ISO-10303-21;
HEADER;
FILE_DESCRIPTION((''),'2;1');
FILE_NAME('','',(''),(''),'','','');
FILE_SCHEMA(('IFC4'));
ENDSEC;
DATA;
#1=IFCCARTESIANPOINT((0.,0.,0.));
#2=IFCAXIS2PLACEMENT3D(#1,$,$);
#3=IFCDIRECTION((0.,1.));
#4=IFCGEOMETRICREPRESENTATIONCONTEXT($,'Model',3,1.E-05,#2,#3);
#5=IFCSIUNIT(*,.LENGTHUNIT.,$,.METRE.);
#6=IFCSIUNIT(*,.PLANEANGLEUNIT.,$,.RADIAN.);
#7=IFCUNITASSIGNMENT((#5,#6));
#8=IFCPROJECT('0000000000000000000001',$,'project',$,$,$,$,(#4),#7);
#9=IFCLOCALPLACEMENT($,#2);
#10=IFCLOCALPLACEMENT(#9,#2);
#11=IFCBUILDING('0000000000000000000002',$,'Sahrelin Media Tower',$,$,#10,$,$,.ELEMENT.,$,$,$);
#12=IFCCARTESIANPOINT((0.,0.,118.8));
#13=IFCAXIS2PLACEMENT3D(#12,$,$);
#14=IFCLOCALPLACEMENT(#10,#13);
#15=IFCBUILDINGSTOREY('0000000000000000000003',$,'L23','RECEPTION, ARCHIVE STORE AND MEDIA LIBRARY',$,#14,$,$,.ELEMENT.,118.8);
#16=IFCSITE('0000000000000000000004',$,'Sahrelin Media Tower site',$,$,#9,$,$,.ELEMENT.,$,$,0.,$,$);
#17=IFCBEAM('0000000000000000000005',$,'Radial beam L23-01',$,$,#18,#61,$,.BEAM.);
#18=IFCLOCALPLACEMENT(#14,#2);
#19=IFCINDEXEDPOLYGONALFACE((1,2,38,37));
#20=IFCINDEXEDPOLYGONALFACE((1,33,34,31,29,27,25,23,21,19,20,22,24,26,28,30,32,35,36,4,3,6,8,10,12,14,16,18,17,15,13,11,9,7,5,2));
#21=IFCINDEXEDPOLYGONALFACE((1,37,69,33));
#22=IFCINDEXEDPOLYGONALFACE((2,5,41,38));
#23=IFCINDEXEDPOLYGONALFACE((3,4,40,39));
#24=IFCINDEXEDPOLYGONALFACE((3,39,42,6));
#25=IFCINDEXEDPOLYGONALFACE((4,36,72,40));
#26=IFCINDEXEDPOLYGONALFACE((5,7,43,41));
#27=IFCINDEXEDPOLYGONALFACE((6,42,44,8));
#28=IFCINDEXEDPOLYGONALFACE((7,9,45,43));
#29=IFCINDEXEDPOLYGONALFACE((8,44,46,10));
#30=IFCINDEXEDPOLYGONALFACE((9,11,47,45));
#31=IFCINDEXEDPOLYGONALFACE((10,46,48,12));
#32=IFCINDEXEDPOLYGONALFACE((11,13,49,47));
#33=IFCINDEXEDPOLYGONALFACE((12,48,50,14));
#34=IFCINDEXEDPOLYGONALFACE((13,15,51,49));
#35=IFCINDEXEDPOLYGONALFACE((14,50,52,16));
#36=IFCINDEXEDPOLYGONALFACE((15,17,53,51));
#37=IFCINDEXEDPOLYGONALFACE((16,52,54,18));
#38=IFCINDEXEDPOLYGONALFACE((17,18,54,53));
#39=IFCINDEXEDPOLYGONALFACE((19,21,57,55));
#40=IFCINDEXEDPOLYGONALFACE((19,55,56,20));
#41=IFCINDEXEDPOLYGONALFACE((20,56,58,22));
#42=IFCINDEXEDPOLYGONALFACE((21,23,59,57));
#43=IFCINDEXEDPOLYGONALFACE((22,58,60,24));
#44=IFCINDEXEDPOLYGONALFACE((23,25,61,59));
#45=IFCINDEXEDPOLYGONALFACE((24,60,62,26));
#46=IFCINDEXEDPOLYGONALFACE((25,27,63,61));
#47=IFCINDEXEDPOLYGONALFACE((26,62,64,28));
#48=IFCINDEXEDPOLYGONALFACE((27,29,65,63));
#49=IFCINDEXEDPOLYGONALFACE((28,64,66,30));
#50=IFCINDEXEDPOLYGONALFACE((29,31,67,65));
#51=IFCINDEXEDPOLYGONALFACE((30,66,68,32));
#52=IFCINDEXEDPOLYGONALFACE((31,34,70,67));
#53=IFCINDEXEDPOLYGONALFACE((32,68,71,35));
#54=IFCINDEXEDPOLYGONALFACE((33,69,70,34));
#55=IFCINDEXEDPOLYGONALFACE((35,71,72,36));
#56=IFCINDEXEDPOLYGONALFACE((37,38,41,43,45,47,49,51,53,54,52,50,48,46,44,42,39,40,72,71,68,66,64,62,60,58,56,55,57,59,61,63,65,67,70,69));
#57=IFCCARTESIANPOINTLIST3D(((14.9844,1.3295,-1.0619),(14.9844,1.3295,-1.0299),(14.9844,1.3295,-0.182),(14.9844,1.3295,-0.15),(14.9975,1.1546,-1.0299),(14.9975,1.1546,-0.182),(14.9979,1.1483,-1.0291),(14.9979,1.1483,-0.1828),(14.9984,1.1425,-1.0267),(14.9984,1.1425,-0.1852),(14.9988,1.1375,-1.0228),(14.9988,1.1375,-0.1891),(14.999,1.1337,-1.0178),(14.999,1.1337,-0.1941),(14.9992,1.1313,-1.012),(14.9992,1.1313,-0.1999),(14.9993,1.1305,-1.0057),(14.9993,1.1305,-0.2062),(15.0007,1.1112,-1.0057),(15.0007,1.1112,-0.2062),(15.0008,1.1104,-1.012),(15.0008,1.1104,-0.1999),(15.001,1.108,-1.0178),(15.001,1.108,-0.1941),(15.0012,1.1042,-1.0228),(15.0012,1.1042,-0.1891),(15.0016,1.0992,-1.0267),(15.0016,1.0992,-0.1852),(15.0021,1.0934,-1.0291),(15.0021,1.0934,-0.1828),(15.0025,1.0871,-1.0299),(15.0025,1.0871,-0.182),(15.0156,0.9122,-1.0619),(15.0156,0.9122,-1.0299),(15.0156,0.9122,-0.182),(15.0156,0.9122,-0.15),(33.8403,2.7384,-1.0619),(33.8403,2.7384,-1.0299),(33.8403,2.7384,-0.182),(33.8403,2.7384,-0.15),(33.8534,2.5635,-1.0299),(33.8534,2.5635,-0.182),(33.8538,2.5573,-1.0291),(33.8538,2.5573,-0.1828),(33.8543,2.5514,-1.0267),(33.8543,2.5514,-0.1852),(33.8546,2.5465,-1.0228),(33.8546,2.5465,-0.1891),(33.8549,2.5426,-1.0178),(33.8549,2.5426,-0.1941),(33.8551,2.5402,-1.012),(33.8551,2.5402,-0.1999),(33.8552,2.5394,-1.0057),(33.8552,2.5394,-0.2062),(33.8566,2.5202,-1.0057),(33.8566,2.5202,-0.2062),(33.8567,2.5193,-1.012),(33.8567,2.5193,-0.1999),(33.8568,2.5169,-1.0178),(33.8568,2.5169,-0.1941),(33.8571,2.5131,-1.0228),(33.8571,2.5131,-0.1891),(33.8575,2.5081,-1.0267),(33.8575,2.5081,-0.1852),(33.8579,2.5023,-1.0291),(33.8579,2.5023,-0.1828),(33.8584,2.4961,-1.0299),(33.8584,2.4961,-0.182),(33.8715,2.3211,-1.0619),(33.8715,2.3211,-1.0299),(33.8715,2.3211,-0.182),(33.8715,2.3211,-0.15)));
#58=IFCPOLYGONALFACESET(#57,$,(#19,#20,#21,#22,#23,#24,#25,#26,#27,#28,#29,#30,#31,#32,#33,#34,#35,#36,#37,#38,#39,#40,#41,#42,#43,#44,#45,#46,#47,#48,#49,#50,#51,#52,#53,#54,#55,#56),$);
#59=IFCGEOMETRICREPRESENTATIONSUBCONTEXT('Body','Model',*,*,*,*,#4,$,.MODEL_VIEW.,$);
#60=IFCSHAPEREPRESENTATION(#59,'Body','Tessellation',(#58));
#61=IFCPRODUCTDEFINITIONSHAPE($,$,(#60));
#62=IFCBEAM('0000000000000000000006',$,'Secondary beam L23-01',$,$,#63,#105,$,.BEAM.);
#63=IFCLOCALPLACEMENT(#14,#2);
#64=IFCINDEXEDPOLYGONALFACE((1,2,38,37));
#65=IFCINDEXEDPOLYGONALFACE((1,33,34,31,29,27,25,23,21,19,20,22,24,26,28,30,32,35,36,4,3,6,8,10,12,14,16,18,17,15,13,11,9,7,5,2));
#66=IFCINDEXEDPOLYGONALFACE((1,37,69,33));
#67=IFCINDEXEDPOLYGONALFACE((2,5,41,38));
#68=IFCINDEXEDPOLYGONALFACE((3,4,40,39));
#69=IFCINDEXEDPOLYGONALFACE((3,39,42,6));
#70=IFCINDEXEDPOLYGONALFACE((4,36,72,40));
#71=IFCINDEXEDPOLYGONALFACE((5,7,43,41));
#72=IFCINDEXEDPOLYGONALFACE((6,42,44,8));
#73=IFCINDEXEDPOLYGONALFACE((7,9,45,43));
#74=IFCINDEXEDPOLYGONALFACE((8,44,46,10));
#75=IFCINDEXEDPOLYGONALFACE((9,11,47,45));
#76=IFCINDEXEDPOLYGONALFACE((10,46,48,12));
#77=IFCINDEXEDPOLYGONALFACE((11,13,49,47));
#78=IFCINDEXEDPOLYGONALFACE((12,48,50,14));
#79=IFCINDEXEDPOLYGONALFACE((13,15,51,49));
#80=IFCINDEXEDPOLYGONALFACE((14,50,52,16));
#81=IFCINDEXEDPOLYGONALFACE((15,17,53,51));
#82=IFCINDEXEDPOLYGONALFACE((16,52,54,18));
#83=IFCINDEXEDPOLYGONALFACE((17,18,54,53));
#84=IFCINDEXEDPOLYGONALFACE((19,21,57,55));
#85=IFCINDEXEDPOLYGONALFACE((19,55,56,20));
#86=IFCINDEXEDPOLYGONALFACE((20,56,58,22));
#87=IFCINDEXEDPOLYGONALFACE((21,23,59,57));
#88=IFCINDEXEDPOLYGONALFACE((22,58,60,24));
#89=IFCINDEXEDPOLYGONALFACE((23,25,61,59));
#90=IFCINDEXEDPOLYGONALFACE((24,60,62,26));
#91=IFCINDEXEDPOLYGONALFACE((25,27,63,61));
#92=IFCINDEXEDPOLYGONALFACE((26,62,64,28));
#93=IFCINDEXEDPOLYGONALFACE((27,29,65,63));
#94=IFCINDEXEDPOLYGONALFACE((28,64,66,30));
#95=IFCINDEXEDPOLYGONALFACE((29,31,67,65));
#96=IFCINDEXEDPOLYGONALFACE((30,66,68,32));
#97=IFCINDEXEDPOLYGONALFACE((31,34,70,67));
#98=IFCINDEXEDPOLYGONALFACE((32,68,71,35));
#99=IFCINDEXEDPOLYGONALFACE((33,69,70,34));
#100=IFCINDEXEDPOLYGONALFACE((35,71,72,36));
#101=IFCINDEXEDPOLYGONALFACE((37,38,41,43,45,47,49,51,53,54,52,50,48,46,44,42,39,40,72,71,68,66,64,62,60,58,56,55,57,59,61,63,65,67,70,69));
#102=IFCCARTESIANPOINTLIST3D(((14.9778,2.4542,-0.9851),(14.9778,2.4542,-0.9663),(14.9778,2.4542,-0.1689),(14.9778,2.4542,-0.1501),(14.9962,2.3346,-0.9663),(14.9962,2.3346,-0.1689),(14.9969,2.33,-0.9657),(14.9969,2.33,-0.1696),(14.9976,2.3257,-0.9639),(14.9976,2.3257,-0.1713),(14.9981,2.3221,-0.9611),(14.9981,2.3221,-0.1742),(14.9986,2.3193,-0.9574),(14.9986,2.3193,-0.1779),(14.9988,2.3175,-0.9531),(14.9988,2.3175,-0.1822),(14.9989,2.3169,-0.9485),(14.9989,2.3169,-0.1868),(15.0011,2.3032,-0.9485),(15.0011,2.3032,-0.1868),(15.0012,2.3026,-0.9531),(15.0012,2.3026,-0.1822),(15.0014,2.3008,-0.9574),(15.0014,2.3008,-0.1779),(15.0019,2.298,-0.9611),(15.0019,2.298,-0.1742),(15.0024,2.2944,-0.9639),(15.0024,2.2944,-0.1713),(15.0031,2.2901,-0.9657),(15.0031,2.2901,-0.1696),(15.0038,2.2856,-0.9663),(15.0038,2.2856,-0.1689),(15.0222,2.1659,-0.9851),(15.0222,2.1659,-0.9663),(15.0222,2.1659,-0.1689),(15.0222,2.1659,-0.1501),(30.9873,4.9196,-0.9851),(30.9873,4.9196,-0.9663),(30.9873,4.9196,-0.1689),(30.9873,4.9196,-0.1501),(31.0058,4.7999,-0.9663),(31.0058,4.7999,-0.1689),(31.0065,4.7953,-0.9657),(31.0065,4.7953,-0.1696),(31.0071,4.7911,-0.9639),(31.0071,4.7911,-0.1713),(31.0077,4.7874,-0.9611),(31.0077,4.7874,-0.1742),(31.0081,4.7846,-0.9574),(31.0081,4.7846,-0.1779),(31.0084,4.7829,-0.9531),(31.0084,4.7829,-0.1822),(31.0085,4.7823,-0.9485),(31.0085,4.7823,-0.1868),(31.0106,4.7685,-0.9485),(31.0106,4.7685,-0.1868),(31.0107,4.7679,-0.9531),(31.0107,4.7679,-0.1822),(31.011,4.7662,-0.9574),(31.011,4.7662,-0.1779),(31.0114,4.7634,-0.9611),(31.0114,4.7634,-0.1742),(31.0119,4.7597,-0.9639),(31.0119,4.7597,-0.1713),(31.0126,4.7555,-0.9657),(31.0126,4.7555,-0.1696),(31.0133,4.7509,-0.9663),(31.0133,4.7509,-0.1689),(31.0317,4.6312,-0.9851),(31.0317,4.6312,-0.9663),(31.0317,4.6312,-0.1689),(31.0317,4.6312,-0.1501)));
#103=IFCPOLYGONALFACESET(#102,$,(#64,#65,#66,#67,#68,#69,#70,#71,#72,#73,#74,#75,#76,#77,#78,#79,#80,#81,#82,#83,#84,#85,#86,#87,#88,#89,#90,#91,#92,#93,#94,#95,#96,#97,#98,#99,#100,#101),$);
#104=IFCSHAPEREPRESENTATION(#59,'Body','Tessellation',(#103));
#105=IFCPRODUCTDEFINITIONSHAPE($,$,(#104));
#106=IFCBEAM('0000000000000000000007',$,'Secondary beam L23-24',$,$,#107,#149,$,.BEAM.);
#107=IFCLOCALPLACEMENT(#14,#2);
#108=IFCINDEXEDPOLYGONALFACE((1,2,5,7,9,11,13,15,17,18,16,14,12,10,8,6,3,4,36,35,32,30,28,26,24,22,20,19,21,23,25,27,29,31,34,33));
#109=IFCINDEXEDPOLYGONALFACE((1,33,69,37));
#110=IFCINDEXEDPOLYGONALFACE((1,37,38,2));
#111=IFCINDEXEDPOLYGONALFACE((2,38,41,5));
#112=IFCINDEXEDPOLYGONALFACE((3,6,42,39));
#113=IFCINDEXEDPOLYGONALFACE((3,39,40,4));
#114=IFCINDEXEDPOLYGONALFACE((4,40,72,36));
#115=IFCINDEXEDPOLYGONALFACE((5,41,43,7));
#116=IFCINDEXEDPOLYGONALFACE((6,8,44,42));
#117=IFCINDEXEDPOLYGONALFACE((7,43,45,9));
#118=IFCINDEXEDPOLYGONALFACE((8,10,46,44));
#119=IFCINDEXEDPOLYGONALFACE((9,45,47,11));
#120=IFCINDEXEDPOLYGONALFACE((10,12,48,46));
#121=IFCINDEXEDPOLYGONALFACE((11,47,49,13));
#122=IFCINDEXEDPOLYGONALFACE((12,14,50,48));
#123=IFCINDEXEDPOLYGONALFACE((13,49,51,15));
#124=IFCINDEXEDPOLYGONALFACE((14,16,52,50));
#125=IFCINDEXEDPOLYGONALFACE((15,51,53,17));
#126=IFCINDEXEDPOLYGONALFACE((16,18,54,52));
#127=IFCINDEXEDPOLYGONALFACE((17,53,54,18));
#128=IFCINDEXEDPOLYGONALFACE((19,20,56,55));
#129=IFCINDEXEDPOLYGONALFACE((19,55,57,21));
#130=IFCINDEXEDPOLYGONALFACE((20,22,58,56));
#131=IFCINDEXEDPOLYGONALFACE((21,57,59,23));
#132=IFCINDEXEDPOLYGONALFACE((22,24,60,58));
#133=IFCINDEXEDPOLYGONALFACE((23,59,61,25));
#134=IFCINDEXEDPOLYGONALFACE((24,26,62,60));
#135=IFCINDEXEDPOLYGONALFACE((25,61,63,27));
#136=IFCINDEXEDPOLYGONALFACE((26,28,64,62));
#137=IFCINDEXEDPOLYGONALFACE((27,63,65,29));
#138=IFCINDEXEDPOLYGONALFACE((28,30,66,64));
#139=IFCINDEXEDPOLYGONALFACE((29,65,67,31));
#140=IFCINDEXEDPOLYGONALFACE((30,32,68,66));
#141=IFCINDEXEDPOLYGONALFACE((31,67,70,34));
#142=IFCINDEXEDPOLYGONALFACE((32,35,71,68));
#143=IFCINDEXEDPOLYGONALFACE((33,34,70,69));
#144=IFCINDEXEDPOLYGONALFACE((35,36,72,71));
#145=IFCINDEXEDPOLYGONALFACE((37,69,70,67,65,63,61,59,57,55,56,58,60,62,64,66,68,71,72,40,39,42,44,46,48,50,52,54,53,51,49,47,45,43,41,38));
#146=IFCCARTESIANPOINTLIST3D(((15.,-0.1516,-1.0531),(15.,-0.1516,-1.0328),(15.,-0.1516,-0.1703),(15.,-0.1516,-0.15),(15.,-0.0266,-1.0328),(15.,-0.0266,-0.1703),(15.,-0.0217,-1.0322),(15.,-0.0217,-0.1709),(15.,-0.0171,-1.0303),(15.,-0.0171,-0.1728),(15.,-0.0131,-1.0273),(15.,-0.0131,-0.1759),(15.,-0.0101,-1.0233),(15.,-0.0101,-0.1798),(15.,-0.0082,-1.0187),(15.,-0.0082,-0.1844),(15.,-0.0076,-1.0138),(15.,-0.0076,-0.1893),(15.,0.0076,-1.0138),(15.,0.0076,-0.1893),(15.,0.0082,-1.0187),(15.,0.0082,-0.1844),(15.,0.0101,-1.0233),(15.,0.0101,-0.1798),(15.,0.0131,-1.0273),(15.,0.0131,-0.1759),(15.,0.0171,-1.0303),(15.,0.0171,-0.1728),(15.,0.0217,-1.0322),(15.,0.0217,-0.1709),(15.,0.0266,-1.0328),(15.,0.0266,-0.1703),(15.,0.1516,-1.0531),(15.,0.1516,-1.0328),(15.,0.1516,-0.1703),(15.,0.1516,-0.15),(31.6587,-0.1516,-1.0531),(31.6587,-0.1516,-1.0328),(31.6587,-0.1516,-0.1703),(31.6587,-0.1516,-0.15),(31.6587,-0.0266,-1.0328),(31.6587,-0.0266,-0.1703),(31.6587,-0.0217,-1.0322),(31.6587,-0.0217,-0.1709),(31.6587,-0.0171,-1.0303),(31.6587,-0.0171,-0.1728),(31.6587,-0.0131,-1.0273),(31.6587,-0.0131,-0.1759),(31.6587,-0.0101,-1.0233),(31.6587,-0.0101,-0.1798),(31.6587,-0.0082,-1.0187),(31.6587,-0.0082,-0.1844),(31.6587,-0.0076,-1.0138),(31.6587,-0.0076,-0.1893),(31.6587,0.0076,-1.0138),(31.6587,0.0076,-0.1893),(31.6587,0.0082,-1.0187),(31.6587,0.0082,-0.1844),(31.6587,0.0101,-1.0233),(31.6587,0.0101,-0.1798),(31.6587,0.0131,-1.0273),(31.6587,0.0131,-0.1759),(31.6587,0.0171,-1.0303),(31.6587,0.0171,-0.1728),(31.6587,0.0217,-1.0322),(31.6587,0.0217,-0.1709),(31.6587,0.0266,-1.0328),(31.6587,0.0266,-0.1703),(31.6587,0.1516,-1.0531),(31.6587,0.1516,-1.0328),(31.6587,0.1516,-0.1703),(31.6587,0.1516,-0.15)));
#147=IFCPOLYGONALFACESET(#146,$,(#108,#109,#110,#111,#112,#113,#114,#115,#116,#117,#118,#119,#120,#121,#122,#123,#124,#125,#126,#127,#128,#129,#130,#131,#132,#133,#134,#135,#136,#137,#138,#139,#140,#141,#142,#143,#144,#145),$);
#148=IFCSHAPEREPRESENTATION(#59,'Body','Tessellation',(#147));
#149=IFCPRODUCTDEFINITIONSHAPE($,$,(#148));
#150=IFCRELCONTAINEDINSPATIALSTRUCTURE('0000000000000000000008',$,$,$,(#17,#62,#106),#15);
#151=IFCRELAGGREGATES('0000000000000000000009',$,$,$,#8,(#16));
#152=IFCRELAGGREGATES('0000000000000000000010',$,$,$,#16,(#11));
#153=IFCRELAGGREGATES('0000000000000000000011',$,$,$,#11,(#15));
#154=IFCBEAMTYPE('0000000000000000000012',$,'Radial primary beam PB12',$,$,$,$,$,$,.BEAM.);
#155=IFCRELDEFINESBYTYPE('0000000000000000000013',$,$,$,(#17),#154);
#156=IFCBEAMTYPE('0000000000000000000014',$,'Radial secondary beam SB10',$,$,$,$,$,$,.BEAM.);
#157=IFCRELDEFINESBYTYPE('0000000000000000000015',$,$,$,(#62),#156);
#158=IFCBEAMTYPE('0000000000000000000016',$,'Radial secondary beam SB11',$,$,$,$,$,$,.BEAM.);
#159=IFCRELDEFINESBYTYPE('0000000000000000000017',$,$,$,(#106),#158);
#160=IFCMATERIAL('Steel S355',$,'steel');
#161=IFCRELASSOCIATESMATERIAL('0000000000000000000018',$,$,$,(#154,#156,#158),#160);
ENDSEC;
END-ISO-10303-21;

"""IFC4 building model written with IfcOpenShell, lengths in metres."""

from ifc_helpers import new_model, si_unit, direction, frame, origin, origin_2d, place, context, subcontext, project, spatial, i_section, extrude, material, material_profile, profile_set, type_object, element, save


model = new_model("IFC4")

# Units and contexts
model_context = context("Model", 3, precision=1e-05, world=origin(), true_north=direction((0.0, 1.0)))
body_context = subcontext(model_context, "Body", "Model", "MODEL_VIEW")
ifc_project = project(units=[si_unit("LENGTHUNIT", "METRE"), si_unit("PLANEANGLEUNIT", "RADIAN")], contexts=[model_context])

# Site, building, storey
site_placement = place(None, origin())
site = spatial("IfcSite", under=ifc_project, at=site_placement, Name="Sahrelin Media Tower site", CompositionType="ELEMENT", RefElevation=0.0)
building_placement = place(site_placement, origin())
building = spatial("IfcBuilding", under=site, at=building_placement, Name="Sahrelin Media Tower", CompositionType="ELEMENT")
storey_placement = place(building_placement, frame((0.0, 0.0, 118.8)))
storey = spatial("IfcBuildingStorey", under=building, at=storey_placement, Name="L23", Description="RECEPTION, ARCHIVE STORE AND MEDIA LIBRARY", CompositionType="ELEMENT", Elevation=118.8)

# Shared definitions
ifc_material_1 = material(Name="Steel S355", Category="steel")

# Beams
ifc_material_profile_1 = material_profile(ifc_material_1, i_section(OverallWidth=0.4185, OverallDepth=0.9119, WebThickness=0.0193, FlangeThickness=0.032, FilletRadius=0.0242, at=origin_2d()), Name="UB 914x419x343")
ifc_profile_set_1 = profile_set([ifc_material_profile_1], Name="Steel S355")
beam_type_1 = type_object("IfcBeamType", Name="Radial primary beam PB12", PredefinedType="BEAM", material=ifc_profile_set_1)
beam_1_placement = place(storey_placement, frame((15.0, 1.1208, -0.606), z_axis=(0.99722, 0.074513, 0.0), x_axis=(-0.074513, 0.99722, 0.0)))
element("IfcBeam", 1, at=beam_1_placement, inside=storey, type_object=beam_type_1, Name="Radial beam L23-01", PredefinedType="BEAM", context=body_context, shape_type="SweptSolid", body=[
    extrude(i_section(OverallWidth=0.4185, OverallDepth=0.9119, WebThickness=0.0193, FlangeThickness=0.032, FilletRadius=0.0242, at=origin_2d()), origin(), (0.0, 0.0, 1.0), 18.9084),
])
ifc_material_profile_2 = material_profile(ifc_material_1, i_section(OverallWidth=0.2917, OverallDepth=0.835, WebThickness=0.0139, FlangeThickness=0.0188, FilletRadius=0.0178, at=origin_2d()), Name="UB 838x292x176")
ifc_profile_set_2 = profile_set([ifc_material_profile_2], Name="Steel S355")
beam_type_2 = type_object("IfcBeamType", Name="Radial secondary beam SB10", PredefinedType="BEAM", material=ifc_profile_set_2)
beam_2_placement = place(storey_placement, frame((15.0, 2.3101, -0.5676), z_axis=(0.98835, 0.152198, 0.0), x_axis=(-0.152198, 0.98835, 0.0)))
element("IfcBeam", 2, at=beam_2_placement, inside=storey, type_object=beam_type_2, Name="Secondary beam L23-01", PredefinedType="BEAM", context=body_context, shape_type="SweptSolid", body=[
    extrude(i_section(OverallWidth=0.2917, OverallDepth=0.835, WebThickness=0.0139, FlangeThickness=0.0188, FilletRadius=0.0178, at=origin_2d()), origin(), (0.0, 0.0, 1.0), 16.1982),
])
ifc_material_profile_3 = material_profile(ifc_material_1, i_section(OverallWidth=0.3032, OverallDepth=0.9031, WebThickness=0.0151, FlangeThickness=0.0203, FilletRadius=0.019, at=origin_2d()), Name="UB 914x305x201")
ifc_profile_set_3 = profile_set([ifc_material_profile_3], Name="Steel S355")
beam_type_3 = type_object("IfcBeamType", Name="Radial secondary beam SB11", PredefinedType="BEAM", material=ifc_profile_set_3)
beam_3_placement = place(storey_placement, frame((15.0, 0.0, -0.6016), z_axis=(1.0, 0.0, 0.0), x_axis=(0.0, 1.0, 0.0)))
element("IfcBeam", 3, at=beam_3_placement, inside=storey, type_object=beam_type_3, Name="Secondary beam L23-24", PredefinedType="BEAM", context=body_context, shape_type="SweptSolid", body=[
    extrude(i_section(OverallWidth=0.3032, OverallDepth=0.9031, WebThickness=0.0151, FlangeThickness=0.0203, FilletRadius=0.019, at=origin_2d()), origin(), (0.0, 0.0, 1.0), 16.6587),
])

save(model, "model.ifc")
